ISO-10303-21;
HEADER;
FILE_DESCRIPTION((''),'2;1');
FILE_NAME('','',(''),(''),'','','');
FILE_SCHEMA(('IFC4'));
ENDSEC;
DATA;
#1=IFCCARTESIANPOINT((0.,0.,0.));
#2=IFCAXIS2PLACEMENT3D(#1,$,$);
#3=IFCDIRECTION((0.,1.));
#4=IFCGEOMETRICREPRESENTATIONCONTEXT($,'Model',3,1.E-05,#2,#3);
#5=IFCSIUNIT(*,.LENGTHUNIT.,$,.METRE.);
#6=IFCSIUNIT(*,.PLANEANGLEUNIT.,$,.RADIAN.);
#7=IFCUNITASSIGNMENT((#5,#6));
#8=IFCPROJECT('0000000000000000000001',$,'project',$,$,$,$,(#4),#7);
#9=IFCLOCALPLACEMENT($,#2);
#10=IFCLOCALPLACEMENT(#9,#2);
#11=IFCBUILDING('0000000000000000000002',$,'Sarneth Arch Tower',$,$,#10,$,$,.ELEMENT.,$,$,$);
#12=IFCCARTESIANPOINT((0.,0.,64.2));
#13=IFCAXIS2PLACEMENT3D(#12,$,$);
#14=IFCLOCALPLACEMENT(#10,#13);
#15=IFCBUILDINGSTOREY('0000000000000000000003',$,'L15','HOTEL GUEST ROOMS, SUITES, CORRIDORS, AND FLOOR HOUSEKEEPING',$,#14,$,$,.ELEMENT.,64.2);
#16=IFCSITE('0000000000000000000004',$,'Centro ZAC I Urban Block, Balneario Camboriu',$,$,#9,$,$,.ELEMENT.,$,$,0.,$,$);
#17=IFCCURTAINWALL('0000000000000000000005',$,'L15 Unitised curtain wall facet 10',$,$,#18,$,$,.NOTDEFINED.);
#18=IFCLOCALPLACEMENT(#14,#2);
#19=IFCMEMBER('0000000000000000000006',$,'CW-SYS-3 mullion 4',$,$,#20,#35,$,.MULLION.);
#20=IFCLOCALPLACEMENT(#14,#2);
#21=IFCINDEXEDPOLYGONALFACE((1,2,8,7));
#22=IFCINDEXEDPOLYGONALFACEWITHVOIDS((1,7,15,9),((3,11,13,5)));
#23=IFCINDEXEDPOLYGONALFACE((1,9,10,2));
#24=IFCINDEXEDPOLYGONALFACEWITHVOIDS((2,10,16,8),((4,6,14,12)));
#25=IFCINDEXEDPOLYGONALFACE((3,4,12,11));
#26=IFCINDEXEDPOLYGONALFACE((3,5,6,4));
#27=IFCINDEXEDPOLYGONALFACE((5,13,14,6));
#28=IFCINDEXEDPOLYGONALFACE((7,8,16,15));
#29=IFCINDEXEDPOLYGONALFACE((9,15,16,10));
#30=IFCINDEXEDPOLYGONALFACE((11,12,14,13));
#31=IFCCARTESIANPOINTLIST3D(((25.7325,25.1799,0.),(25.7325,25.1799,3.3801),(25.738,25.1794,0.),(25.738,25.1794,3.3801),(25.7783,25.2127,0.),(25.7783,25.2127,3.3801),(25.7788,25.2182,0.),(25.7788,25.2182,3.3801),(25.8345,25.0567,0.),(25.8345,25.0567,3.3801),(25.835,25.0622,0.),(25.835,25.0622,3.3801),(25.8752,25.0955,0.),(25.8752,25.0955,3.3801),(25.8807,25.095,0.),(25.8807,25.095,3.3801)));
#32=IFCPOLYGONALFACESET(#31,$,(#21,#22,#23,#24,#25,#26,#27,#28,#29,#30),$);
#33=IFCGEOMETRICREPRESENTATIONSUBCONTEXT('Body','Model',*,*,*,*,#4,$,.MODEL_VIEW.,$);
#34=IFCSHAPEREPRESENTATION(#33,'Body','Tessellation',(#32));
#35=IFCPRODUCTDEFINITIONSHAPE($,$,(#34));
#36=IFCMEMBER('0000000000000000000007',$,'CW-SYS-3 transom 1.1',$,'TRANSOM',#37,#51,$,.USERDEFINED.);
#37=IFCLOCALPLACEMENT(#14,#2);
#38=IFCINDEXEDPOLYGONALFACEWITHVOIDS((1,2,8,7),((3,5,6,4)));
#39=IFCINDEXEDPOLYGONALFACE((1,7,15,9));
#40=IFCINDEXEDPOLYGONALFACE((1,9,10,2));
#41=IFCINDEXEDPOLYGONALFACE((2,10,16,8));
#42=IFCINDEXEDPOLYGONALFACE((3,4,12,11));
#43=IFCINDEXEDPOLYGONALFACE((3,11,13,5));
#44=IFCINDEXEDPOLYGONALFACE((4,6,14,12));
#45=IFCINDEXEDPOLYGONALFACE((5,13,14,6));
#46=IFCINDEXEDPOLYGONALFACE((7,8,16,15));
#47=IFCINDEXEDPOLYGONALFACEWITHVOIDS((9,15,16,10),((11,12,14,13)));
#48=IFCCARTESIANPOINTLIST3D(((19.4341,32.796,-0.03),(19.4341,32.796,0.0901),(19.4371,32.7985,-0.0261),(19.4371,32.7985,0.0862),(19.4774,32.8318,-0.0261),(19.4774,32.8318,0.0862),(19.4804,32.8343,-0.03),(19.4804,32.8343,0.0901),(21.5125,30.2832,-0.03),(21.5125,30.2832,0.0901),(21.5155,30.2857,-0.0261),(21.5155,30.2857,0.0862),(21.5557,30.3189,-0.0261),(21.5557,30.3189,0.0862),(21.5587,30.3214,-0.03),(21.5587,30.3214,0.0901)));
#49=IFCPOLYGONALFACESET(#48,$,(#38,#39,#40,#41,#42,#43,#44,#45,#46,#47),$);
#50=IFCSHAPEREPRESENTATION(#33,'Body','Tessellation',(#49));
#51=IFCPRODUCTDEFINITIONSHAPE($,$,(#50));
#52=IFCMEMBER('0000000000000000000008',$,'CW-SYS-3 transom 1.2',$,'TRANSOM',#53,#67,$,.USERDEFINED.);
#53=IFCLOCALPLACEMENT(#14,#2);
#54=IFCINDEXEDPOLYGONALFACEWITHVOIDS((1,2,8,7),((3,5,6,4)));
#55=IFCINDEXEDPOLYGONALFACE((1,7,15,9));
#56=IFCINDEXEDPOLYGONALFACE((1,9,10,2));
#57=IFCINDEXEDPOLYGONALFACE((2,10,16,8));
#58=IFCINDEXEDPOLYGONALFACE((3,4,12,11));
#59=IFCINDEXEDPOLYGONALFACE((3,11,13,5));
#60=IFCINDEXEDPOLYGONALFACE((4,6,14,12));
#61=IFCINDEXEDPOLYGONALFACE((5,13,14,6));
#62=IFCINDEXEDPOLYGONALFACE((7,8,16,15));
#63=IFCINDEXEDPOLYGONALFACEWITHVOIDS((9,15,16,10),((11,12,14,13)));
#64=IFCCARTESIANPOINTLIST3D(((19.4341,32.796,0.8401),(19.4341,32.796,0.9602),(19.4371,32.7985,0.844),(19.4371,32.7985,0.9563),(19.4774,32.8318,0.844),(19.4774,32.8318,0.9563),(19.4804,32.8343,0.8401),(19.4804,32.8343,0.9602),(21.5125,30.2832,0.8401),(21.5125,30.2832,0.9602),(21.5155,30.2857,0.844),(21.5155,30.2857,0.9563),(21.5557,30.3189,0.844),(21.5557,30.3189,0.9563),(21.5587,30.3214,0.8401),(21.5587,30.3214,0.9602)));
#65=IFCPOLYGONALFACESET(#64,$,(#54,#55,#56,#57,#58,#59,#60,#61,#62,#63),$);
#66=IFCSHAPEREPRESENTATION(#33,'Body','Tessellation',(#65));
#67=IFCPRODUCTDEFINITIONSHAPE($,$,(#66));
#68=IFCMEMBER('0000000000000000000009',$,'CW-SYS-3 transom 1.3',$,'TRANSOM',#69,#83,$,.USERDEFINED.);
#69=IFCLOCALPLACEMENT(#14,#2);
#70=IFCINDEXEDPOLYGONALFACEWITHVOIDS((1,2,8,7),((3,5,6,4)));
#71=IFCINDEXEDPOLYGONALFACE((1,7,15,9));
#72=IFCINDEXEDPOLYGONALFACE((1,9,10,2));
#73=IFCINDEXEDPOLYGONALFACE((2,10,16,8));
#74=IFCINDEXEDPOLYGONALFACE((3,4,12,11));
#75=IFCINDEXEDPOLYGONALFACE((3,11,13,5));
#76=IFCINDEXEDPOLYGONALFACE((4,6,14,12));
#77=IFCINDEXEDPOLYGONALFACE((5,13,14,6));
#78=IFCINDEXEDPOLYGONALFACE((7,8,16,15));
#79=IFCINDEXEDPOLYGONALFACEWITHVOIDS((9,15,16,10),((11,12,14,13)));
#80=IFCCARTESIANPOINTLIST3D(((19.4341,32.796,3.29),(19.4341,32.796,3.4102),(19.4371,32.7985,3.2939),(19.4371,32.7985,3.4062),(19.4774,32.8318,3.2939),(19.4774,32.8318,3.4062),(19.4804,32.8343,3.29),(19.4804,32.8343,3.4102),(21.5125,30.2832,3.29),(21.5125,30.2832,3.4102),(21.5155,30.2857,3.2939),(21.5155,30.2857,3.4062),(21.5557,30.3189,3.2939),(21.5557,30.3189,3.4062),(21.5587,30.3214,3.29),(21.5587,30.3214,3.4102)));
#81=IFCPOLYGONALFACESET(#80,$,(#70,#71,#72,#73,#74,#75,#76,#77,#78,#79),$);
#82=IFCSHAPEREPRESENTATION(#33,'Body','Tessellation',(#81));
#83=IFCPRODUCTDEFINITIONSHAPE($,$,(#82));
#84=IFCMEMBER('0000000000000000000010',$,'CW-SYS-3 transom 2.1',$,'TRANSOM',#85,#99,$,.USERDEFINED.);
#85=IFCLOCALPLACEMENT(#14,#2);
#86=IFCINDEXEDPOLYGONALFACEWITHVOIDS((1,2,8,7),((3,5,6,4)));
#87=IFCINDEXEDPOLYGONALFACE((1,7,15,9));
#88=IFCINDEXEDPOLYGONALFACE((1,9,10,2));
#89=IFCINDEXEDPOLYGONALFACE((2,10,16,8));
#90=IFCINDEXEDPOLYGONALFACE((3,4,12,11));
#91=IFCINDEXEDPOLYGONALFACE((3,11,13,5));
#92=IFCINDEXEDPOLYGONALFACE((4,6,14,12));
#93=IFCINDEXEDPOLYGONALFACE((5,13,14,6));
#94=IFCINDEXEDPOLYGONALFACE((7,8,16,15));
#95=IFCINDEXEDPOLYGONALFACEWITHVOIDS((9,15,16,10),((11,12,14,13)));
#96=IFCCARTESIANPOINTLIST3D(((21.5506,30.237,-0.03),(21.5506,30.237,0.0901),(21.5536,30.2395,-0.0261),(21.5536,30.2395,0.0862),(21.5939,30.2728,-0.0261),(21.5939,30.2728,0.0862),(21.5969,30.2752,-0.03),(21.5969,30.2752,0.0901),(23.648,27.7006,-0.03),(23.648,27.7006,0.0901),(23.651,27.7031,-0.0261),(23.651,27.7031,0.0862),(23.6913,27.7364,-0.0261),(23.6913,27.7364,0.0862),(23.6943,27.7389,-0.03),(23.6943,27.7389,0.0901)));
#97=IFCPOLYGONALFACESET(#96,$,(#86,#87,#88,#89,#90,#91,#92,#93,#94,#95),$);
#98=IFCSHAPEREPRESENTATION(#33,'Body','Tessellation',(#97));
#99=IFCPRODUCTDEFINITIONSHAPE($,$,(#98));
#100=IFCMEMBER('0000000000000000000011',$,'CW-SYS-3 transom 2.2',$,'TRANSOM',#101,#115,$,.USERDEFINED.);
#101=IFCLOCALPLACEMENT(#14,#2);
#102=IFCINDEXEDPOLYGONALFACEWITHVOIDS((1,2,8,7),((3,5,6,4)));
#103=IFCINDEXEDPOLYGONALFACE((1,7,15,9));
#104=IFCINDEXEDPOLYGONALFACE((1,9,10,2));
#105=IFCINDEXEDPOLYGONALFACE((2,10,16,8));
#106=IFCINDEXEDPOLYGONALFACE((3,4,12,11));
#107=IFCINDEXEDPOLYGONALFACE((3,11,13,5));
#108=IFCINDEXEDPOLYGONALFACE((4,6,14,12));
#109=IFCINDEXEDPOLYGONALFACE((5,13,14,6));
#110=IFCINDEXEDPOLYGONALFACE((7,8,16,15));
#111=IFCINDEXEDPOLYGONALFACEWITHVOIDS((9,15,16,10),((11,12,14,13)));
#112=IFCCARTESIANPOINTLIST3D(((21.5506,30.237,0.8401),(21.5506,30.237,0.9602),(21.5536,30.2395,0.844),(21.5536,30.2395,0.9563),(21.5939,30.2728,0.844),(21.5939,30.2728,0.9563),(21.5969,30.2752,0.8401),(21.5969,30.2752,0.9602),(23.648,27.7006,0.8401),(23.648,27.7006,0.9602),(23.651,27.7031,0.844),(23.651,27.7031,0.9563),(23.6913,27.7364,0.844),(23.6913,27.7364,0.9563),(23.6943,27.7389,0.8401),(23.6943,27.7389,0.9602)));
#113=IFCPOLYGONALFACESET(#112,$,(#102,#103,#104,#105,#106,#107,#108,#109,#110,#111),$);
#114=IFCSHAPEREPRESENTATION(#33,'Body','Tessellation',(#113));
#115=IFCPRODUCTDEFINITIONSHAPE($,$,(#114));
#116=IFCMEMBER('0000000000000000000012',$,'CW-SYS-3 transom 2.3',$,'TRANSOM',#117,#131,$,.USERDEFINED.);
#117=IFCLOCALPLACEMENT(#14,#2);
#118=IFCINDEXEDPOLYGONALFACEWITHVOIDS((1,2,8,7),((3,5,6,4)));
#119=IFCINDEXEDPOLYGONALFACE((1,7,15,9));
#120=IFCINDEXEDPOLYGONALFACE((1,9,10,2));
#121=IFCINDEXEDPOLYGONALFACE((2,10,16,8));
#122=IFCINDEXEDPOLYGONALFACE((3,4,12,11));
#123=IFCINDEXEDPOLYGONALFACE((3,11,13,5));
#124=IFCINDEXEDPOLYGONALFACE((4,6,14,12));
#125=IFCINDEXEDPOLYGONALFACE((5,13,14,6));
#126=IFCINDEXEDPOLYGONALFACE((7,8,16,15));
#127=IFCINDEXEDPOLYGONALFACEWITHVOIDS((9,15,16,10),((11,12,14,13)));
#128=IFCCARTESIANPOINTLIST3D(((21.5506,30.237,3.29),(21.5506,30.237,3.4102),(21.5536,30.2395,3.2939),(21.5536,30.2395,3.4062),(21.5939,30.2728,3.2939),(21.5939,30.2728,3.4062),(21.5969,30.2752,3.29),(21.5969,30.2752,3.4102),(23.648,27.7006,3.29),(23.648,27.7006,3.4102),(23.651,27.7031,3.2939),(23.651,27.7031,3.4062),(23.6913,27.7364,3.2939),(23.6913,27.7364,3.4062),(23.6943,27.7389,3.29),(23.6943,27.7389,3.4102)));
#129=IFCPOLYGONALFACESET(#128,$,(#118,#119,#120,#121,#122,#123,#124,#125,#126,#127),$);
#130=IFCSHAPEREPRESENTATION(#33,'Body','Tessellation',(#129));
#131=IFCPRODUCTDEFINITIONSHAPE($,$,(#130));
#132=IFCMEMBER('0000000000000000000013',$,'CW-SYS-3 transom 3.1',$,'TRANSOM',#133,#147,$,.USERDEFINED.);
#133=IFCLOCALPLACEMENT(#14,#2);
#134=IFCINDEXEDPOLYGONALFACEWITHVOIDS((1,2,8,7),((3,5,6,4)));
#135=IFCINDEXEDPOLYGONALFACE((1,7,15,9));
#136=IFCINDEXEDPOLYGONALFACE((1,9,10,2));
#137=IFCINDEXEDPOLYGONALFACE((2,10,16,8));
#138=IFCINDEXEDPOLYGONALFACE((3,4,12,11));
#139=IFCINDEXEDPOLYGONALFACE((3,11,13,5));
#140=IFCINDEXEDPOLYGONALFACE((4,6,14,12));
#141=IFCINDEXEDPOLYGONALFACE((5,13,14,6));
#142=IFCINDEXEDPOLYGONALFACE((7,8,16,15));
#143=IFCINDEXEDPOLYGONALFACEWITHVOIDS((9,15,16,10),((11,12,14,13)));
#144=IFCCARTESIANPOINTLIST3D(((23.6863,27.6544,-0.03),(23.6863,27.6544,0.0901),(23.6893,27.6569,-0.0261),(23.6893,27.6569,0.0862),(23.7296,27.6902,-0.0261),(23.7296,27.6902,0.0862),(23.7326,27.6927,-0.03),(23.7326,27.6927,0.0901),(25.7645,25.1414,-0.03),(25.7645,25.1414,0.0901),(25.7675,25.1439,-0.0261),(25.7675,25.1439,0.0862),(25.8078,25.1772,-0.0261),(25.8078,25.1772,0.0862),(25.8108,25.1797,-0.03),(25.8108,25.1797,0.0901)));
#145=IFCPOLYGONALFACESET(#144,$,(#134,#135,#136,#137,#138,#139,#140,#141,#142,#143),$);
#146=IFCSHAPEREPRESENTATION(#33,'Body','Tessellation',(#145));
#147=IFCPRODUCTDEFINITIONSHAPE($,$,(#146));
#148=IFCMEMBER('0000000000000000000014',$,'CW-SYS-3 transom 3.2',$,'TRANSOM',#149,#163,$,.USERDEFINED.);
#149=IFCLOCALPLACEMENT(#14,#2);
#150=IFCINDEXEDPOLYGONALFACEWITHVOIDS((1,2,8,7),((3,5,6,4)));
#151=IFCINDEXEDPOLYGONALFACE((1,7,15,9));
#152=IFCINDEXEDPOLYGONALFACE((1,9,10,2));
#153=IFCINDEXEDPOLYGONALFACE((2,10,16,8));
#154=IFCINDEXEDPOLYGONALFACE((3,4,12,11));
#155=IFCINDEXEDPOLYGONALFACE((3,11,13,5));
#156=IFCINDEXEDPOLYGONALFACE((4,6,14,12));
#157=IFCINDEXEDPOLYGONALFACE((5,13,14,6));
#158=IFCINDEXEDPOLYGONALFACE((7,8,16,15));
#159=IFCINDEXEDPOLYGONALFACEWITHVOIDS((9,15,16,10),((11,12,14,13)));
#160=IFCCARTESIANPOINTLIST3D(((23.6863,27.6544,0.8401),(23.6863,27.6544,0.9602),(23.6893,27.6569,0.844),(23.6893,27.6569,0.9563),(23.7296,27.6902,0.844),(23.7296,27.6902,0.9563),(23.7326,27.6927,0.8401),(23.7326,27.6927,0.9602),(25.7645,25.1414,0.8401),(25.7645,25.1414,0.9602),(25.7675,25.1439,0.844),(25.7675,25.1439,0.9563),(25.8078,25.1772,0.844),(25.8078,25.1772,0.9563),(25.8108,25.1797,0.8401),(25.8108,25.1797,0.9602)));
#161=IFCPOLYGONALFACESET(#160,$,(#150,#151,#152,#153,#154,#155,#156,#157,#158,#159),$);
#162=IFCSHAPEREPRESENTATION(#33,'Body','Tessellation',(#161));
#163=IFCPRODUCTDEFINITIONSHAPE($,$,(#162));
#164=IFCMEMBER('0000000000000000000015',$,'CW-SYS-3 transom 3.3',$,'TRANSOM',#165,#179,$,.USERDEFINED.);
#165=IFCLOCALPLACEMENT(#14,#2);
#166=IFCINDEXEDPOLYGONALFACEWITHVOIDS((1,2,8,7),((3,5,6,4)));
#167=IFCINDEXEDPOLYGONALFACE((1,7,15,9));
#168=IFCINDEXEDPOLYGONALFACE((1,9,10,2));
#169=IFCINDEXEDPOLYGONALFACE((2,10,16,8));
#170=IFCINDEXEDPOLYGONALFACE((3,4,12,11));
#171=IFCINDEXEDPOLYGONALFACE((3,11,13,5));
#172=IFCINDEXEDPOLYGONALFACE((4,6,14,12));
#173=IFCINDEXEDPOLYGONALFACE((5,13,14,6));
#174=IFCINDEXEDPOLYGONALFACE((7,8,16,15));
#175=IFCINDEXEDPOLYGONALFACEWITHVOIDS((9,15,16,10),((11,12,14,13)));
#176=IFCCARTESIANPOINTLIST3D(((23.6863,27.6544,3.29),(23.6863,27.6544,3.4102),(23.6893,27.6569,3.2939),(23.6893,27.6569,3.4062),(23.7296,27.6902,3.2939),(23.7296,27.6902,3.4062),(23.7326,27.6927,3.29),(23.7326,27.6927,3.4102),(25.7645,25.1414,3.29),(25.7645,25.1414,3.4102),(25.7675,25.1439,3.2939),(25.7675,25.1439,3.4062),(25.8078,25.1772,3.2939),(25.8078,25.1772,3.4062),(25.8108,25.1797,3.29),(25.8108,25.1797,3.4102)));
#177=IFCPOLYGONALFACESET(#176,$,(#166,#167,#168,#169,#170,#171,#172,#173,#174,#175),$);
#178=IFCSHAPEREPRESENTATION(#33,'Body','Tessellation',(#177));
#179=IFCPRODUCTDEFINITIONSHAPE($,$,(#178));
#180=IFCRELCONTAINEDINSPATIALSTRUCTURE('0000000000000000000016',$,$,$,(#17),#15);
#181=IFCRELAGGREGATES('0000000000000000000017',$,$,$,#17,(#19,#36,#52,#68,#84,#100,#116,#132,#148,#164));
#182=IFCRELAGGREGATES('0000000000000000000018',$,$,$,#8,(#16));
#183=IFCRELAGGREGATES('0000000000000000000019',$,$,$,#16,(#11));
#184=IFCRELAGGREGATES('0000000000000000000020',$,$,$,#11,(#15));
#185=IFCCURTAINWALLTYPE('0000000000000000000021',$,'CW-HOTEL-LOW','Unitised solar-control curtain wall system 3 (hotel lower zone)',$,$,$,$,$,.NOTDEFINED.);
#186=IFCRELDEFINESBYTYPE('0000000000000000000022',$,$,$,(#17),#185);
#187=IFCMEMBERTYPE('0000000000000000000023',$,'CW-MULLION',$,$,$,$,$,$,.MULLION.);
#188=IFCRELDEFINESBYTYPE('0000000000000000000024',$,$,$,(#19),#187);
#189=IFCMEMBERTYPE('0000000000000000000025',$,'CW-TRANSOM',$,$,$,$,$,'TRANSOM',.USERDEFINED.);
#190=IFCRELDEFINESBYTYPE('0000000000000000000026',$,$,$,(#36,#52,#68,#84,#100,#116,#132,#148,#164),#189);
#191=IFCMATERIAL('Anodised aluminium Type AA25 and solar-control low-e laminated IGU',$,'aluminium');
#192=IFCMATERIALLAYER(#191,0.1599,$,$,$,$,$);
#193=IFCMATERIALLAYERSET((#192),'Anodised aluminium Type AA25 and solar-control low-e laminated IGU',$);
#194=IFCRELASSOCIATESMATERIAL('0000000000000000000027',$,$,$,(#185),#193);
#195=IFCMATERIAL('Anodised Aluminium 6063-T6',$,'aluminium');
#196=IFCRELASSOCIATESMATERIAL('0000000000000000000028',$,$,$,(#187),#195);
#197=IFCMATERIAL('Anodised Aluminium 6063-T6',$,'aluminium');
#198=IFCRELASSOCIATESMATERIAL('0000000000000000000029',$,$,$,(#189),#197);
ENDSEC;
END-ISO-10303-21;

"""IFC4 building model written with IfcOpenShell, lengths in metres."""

from ifc_helpers import new_model, si_unit, direction, frame, origin, origin_2d, place, context, subcontext, project, spatial, hollow_rectangle, extrude, material, layer, layer_set, material_profile, profile_set, type_object, element, aggregate, save


model = new_model("IFC4")

# Units and contexts
model_context = context("Model", 3, precision=1e-05, world=origin(), true_north=direction((0.0, 1.0)))
body_context = subcontext(model_context, "Body", "Model", "MODEL_VIEW")
ifc_project = project(units=[si_unit("LENGTHUNIT", "METRE"), si_unit("PLANEANGLEUNIT", "RADIAN")], contexts=[model_context])

# Site, building, storey
site_placement = place(None, origin())
site = spatial("IfcSite", under=ifc_project, at=site_placement, Name="Centro ZAC I Urban Block, Balneario Camboriu", CompositionType="ELEMENT", RefElevation=0.0)
building_placement = place(site_placement, origin())
building = spatial("IfcBuilding", under=site, at=building_placement, Name="Sarneth Arch Tower", CompositionType="ELEMENT")
storey_placement = place(building_placement, frame((0.0, 0.0, 64.2)))
storey = spatial("IfcBuildingStorey", under=building, at=storey_placement, Name="L15", Description="HOTEL GUEST ROOMS, SUITES, CORRIDORS, AND FLOOR HOUSEKEEPING", CompositionType="ELEMENT", Elevation=64.2)

# Curtain wall, members
ifc_material_1 = material(Name="Anodised aluminium Type AA25 and solar-control low-e laminated IGU", Category="aluminium")
ifc_layer_1 = layer(ifc_material_1, 0.1599)
ifc_layer_set_1 = layer_set([ifc_layer_1], Name="Anodised aluminium Type AA25 and solar-control low-e laminated IGU")
curtain_wall_type = type_object("IfcCurtainWallType", Name="CW-HOTEL-LOW", Description="Unitised solar-control curtain wall system 3 (hotel lower zone)", PredefinedType="NOTDEFINED", material=ifc_layer_set_1)
curtain_wall_placement = place(storey_placement, origin())
curtain_wall = element("IfcCurtainWall", 1, at=curtain_wall_placement, inside=storey, type_object=curtain_wall_type, Name="L15 Unitised curtain wall facet 10", PredefinedType="NOTDEFINED")
ifc_material_2 = material(Name="Anodised Aluminium 6063-T6", Category="aluminium")
ifc_material_profile_1 = material_profile(ifc_material_2, hollow_rectangle(XDim=0.0601, YDim=0.1599, WallThickness=0.0039, at=origin_2d()), Name="AL-MULL-160x60x4")
ifc_profile_set_1 = profile_set([ifc_material_profile_1], Name="Anodised Aluminium 6063-T6")
member_type_1 = type_object("IfcMemberType", Name="CW-MULLION", PredefinedType="MULLION", material=ifc_profile_set_1)
member_1_placement = place(storey_placement, frame((25.8066, 25.1375, 0.0), z_axis=(0.0, 0.0, 1.0), x_axis=(0.770623, 0.637291, 0.0)))
member_1 = element("IfcMember", 2, at=member_1_placement, type_object=member_type_1, Name="CW-SYS-3 mullion 4", PredefinedType="MULLION", context=body_context, shape_type="SweptSolid", body=[
    extrude(hollow_rectangle(XDim=0.0601, YDim=0.1599, WallThickness=0.0039, at=origin_2d()), origin(), (0.0, 0.0, 1.0), 3.3801),
])
ifc_material_3 = material(Name="Anodised Aluminium 6063-T6", Category="aluminium")
ifc_material_profile_2 = material_profile(ifc_material_3, hollow_rectangle(XDim=0.0601, YDim=0.1201, WallThickness=0.0039, at=origin_2d()), Name="AL-TRAN-120x60x4")
ifc_profile_set_2 = profile_set([ifc_material_profile_2], Name="Anodised Aluminium 6063-T6")
member_type_2 = type_object("IfcMemberType", Name="CW-TRANSOM", ElementType="TRANSOM", PredefinedType="USERDEFINED", material=ifc_profile_set_2)
member_2_placement = place(storey_placement, frame((19.4573, 32.8152, 0.03), z_axis=(0.63733, -0.770591, 0.0), x_axis=(0.770591, 0.63733, 0.0)))
member_2 = element("IfcMember", 3, at=member_2_placement, type_object=member_type_2, Name="CW-SYS-3 transom 1.1", ObjectType="TRANSOM", PredefinedType="USERDEFINED", context=body_context, shape_type="SweptSolid", body=[
    extrude(hollow_rectangle(XDim=0.0601, YDim=0.1201, WallThickness=0.0039, at=origin_2d()), origin(), (0.0, 0.0, 1.0), 3.261),
])
member_3_placement = place(storey_placement, frame((19.4573, 32.8152, 0.9001), z_axis=(0.63733, -0.770591, 0.0), x_axis=(0.770591, 0.63733, 0.0)))
member_3 = element("IfcMember", 4, at=member_3_placement, type_object=member_type_2, Name="CW-SYS-3 transom 1.2", ObjectType="TRANSOM", PredefinedType="USERDEFINED", context=body_context, shape_type="SweptSolid", body=[
    extrude(hollow_rectangle(XDim=0.0601, YDim=0.1201, WallThickness=0.0039, at=origin_2d()), origin(), (0.0, 0.0, 1.0), 3.261),
])
member_4_placement = place(storey_placement, frame((19.4573, 32.8152, 3.3501), z_axis=(0.63733, -0.770591, 0.0), x_axis=(0.770591, 0.63733, 0.0)))
member_4 = element("IfcMember", 5, at=member_4_placement, type_object=member_type_2, Name="CW-SYS-3 transom 1.3", ObjectType="TRANSOM", PredefinedType="USERDEFINED", context=body_context, shape_type="SweptSolid", body=[
    extrude(hollow_rectangle(XDim=0.0601, YDim=0.1201, WallThickness=0.0039, at=origin_2d()), origin(), (0.0, 0.0, 1.0), 3.261),
])
member_5_placement = place(storey_placement, frame((21.5737, 30.2561, 0.03), z_axis=(0.637269, -0.770642, 0.0), x_axis=(0.770642, 0.637269, 0.0)))
member_5 = element("IfcMember", 6, at=member_5_placement, type_object=member_type_2, Name="CW-SYS-3 transom 2.1", ObjectType="TRANSOM", PredefinedType="USERDEFINED", context=body_context, shape_type="SweptSolid", body=[
    extrude(hollow_rectangle(XDim=0.0601, YDim=0.1201, WallThickness=0.0039, at=origin_2d()), origin(), (0.0, 0.0, 1.0), 3.2913),
])
member_6_placement = place(storey_placement, frame((21.5737, 30.2561, 0.9001), z_axis=(0.637269, -0.770642, 0.0), x_axis=(0.770642, 0.637269, 0.0)))
member_6 = element("IfcMember", 7, at=member_6_placement, type_object=member_type_2, Name="CW-SYS-3 transom 2.2", ObjectType="TRANSOM", PredefinedType="USERDEFINED", context=body_context, shape_type="SweptSolid", body=[
    extrude(hollow_rectangle(XDim=0.0601, YDim=0.1201, WallThickness=0.0039, at=origin_2d()), origin(), (0.0, 0.0, 1.0), 3.2913),
])
member_7_placement = place(storey_placement, frame((21.5737, 30.2561, 3.3501), z_axis=(0.637269, -0.770642, 0.0), x_axis=(0.770642, 0.637269, 0.0)))
member_7 = element("IfcMember", 8, at=member_7_placement, type_object=member_type_2, Name="CW-SYS-3 transom 2.3", ObjectType="TRANSOM", PredefinedType="USERDEFINED", context=body_context, shape_type="SweptSolid", body=[
    extrude(hollow_rectangle(XDim=0.0601, YDim=0.1201, WallThickness=0.0039, at=origin_2d()), origin(), (0.0, 0.0, 1.0), 3.2913),
])
member_8_placement = place(storey_placement, frame((23.7095, 27.6736, 0.03), z_axis=(0.637286, -0.770628, 0.0), x_axis=(0.770628, 0.637286, 0.0)))
member_8 = element("IfcMember", 9, at=member_8_placement, type_object=member_type_2, Name="CW-SYS-3 transom 3.1", ObjectType="TRANSOM", PredefinedType="USERDEFINED", context=body_context, shape_type="SweptSolid", body=[
    extrude(hollow_rectangle(XDim=0.0601, YDim=0.1201, WallThickness=0.0039, at=origin_2d()), origin(), (0.0, 0.0, 1.0), 3.261),
])
member_9_placement = place(storey_placement, frame((23.7095, 27.6736, 0.9001), z_axis=(0.637286, -0.770628, 0.0), x_axis=(0.770628, 0.637286, 0.0)))
member_9 = element("IfcMember", 10, at=member_9_placement, type_object=member_type_2, Name="CW-SYS-3 transom 3.2", ObjectType="TRANSOM", PredefinedType="USERDEFINED", context=body_context, shape_type="SweptSolid", body=[
    extrude(hollow_rectangle(XDim=0.0601, YDim=0.1201, WallThickness=0.0039, at=origin_2d()), origin(), (0.0, 0.0, 1.0), 3.261),
])
member_10_placement = place(storey_placement, frame((23.7095, 27.6736, 3.3501), z_axis=(0.637286, -0.770628, 0.0), x_axis=(0.770628, 0.637286, 0.0)))
member_10 = element("IfcMember", 11, at=member_10_placement, type_object=member_type_2, Name="CW-SYS-3 transom 3.3", ObjectType="TRANSOM", PredefinedType="USERDEFINED", context=body_context, shape_type="SweptSolid", body=[
    extrude(hollow_rectangle(XDim=0.0601, YDim=0.1201, WallThickness=0.0039, at=origin_2d()), origin(), (0.0, 0.0, 1.0), 3.261),
])

aggregate(curtain_wall, [member_1, member_2, member_3, member_4, member_5, member_6, member_7, member_8, member_9, member_10])

save(model, "model.ifc")
